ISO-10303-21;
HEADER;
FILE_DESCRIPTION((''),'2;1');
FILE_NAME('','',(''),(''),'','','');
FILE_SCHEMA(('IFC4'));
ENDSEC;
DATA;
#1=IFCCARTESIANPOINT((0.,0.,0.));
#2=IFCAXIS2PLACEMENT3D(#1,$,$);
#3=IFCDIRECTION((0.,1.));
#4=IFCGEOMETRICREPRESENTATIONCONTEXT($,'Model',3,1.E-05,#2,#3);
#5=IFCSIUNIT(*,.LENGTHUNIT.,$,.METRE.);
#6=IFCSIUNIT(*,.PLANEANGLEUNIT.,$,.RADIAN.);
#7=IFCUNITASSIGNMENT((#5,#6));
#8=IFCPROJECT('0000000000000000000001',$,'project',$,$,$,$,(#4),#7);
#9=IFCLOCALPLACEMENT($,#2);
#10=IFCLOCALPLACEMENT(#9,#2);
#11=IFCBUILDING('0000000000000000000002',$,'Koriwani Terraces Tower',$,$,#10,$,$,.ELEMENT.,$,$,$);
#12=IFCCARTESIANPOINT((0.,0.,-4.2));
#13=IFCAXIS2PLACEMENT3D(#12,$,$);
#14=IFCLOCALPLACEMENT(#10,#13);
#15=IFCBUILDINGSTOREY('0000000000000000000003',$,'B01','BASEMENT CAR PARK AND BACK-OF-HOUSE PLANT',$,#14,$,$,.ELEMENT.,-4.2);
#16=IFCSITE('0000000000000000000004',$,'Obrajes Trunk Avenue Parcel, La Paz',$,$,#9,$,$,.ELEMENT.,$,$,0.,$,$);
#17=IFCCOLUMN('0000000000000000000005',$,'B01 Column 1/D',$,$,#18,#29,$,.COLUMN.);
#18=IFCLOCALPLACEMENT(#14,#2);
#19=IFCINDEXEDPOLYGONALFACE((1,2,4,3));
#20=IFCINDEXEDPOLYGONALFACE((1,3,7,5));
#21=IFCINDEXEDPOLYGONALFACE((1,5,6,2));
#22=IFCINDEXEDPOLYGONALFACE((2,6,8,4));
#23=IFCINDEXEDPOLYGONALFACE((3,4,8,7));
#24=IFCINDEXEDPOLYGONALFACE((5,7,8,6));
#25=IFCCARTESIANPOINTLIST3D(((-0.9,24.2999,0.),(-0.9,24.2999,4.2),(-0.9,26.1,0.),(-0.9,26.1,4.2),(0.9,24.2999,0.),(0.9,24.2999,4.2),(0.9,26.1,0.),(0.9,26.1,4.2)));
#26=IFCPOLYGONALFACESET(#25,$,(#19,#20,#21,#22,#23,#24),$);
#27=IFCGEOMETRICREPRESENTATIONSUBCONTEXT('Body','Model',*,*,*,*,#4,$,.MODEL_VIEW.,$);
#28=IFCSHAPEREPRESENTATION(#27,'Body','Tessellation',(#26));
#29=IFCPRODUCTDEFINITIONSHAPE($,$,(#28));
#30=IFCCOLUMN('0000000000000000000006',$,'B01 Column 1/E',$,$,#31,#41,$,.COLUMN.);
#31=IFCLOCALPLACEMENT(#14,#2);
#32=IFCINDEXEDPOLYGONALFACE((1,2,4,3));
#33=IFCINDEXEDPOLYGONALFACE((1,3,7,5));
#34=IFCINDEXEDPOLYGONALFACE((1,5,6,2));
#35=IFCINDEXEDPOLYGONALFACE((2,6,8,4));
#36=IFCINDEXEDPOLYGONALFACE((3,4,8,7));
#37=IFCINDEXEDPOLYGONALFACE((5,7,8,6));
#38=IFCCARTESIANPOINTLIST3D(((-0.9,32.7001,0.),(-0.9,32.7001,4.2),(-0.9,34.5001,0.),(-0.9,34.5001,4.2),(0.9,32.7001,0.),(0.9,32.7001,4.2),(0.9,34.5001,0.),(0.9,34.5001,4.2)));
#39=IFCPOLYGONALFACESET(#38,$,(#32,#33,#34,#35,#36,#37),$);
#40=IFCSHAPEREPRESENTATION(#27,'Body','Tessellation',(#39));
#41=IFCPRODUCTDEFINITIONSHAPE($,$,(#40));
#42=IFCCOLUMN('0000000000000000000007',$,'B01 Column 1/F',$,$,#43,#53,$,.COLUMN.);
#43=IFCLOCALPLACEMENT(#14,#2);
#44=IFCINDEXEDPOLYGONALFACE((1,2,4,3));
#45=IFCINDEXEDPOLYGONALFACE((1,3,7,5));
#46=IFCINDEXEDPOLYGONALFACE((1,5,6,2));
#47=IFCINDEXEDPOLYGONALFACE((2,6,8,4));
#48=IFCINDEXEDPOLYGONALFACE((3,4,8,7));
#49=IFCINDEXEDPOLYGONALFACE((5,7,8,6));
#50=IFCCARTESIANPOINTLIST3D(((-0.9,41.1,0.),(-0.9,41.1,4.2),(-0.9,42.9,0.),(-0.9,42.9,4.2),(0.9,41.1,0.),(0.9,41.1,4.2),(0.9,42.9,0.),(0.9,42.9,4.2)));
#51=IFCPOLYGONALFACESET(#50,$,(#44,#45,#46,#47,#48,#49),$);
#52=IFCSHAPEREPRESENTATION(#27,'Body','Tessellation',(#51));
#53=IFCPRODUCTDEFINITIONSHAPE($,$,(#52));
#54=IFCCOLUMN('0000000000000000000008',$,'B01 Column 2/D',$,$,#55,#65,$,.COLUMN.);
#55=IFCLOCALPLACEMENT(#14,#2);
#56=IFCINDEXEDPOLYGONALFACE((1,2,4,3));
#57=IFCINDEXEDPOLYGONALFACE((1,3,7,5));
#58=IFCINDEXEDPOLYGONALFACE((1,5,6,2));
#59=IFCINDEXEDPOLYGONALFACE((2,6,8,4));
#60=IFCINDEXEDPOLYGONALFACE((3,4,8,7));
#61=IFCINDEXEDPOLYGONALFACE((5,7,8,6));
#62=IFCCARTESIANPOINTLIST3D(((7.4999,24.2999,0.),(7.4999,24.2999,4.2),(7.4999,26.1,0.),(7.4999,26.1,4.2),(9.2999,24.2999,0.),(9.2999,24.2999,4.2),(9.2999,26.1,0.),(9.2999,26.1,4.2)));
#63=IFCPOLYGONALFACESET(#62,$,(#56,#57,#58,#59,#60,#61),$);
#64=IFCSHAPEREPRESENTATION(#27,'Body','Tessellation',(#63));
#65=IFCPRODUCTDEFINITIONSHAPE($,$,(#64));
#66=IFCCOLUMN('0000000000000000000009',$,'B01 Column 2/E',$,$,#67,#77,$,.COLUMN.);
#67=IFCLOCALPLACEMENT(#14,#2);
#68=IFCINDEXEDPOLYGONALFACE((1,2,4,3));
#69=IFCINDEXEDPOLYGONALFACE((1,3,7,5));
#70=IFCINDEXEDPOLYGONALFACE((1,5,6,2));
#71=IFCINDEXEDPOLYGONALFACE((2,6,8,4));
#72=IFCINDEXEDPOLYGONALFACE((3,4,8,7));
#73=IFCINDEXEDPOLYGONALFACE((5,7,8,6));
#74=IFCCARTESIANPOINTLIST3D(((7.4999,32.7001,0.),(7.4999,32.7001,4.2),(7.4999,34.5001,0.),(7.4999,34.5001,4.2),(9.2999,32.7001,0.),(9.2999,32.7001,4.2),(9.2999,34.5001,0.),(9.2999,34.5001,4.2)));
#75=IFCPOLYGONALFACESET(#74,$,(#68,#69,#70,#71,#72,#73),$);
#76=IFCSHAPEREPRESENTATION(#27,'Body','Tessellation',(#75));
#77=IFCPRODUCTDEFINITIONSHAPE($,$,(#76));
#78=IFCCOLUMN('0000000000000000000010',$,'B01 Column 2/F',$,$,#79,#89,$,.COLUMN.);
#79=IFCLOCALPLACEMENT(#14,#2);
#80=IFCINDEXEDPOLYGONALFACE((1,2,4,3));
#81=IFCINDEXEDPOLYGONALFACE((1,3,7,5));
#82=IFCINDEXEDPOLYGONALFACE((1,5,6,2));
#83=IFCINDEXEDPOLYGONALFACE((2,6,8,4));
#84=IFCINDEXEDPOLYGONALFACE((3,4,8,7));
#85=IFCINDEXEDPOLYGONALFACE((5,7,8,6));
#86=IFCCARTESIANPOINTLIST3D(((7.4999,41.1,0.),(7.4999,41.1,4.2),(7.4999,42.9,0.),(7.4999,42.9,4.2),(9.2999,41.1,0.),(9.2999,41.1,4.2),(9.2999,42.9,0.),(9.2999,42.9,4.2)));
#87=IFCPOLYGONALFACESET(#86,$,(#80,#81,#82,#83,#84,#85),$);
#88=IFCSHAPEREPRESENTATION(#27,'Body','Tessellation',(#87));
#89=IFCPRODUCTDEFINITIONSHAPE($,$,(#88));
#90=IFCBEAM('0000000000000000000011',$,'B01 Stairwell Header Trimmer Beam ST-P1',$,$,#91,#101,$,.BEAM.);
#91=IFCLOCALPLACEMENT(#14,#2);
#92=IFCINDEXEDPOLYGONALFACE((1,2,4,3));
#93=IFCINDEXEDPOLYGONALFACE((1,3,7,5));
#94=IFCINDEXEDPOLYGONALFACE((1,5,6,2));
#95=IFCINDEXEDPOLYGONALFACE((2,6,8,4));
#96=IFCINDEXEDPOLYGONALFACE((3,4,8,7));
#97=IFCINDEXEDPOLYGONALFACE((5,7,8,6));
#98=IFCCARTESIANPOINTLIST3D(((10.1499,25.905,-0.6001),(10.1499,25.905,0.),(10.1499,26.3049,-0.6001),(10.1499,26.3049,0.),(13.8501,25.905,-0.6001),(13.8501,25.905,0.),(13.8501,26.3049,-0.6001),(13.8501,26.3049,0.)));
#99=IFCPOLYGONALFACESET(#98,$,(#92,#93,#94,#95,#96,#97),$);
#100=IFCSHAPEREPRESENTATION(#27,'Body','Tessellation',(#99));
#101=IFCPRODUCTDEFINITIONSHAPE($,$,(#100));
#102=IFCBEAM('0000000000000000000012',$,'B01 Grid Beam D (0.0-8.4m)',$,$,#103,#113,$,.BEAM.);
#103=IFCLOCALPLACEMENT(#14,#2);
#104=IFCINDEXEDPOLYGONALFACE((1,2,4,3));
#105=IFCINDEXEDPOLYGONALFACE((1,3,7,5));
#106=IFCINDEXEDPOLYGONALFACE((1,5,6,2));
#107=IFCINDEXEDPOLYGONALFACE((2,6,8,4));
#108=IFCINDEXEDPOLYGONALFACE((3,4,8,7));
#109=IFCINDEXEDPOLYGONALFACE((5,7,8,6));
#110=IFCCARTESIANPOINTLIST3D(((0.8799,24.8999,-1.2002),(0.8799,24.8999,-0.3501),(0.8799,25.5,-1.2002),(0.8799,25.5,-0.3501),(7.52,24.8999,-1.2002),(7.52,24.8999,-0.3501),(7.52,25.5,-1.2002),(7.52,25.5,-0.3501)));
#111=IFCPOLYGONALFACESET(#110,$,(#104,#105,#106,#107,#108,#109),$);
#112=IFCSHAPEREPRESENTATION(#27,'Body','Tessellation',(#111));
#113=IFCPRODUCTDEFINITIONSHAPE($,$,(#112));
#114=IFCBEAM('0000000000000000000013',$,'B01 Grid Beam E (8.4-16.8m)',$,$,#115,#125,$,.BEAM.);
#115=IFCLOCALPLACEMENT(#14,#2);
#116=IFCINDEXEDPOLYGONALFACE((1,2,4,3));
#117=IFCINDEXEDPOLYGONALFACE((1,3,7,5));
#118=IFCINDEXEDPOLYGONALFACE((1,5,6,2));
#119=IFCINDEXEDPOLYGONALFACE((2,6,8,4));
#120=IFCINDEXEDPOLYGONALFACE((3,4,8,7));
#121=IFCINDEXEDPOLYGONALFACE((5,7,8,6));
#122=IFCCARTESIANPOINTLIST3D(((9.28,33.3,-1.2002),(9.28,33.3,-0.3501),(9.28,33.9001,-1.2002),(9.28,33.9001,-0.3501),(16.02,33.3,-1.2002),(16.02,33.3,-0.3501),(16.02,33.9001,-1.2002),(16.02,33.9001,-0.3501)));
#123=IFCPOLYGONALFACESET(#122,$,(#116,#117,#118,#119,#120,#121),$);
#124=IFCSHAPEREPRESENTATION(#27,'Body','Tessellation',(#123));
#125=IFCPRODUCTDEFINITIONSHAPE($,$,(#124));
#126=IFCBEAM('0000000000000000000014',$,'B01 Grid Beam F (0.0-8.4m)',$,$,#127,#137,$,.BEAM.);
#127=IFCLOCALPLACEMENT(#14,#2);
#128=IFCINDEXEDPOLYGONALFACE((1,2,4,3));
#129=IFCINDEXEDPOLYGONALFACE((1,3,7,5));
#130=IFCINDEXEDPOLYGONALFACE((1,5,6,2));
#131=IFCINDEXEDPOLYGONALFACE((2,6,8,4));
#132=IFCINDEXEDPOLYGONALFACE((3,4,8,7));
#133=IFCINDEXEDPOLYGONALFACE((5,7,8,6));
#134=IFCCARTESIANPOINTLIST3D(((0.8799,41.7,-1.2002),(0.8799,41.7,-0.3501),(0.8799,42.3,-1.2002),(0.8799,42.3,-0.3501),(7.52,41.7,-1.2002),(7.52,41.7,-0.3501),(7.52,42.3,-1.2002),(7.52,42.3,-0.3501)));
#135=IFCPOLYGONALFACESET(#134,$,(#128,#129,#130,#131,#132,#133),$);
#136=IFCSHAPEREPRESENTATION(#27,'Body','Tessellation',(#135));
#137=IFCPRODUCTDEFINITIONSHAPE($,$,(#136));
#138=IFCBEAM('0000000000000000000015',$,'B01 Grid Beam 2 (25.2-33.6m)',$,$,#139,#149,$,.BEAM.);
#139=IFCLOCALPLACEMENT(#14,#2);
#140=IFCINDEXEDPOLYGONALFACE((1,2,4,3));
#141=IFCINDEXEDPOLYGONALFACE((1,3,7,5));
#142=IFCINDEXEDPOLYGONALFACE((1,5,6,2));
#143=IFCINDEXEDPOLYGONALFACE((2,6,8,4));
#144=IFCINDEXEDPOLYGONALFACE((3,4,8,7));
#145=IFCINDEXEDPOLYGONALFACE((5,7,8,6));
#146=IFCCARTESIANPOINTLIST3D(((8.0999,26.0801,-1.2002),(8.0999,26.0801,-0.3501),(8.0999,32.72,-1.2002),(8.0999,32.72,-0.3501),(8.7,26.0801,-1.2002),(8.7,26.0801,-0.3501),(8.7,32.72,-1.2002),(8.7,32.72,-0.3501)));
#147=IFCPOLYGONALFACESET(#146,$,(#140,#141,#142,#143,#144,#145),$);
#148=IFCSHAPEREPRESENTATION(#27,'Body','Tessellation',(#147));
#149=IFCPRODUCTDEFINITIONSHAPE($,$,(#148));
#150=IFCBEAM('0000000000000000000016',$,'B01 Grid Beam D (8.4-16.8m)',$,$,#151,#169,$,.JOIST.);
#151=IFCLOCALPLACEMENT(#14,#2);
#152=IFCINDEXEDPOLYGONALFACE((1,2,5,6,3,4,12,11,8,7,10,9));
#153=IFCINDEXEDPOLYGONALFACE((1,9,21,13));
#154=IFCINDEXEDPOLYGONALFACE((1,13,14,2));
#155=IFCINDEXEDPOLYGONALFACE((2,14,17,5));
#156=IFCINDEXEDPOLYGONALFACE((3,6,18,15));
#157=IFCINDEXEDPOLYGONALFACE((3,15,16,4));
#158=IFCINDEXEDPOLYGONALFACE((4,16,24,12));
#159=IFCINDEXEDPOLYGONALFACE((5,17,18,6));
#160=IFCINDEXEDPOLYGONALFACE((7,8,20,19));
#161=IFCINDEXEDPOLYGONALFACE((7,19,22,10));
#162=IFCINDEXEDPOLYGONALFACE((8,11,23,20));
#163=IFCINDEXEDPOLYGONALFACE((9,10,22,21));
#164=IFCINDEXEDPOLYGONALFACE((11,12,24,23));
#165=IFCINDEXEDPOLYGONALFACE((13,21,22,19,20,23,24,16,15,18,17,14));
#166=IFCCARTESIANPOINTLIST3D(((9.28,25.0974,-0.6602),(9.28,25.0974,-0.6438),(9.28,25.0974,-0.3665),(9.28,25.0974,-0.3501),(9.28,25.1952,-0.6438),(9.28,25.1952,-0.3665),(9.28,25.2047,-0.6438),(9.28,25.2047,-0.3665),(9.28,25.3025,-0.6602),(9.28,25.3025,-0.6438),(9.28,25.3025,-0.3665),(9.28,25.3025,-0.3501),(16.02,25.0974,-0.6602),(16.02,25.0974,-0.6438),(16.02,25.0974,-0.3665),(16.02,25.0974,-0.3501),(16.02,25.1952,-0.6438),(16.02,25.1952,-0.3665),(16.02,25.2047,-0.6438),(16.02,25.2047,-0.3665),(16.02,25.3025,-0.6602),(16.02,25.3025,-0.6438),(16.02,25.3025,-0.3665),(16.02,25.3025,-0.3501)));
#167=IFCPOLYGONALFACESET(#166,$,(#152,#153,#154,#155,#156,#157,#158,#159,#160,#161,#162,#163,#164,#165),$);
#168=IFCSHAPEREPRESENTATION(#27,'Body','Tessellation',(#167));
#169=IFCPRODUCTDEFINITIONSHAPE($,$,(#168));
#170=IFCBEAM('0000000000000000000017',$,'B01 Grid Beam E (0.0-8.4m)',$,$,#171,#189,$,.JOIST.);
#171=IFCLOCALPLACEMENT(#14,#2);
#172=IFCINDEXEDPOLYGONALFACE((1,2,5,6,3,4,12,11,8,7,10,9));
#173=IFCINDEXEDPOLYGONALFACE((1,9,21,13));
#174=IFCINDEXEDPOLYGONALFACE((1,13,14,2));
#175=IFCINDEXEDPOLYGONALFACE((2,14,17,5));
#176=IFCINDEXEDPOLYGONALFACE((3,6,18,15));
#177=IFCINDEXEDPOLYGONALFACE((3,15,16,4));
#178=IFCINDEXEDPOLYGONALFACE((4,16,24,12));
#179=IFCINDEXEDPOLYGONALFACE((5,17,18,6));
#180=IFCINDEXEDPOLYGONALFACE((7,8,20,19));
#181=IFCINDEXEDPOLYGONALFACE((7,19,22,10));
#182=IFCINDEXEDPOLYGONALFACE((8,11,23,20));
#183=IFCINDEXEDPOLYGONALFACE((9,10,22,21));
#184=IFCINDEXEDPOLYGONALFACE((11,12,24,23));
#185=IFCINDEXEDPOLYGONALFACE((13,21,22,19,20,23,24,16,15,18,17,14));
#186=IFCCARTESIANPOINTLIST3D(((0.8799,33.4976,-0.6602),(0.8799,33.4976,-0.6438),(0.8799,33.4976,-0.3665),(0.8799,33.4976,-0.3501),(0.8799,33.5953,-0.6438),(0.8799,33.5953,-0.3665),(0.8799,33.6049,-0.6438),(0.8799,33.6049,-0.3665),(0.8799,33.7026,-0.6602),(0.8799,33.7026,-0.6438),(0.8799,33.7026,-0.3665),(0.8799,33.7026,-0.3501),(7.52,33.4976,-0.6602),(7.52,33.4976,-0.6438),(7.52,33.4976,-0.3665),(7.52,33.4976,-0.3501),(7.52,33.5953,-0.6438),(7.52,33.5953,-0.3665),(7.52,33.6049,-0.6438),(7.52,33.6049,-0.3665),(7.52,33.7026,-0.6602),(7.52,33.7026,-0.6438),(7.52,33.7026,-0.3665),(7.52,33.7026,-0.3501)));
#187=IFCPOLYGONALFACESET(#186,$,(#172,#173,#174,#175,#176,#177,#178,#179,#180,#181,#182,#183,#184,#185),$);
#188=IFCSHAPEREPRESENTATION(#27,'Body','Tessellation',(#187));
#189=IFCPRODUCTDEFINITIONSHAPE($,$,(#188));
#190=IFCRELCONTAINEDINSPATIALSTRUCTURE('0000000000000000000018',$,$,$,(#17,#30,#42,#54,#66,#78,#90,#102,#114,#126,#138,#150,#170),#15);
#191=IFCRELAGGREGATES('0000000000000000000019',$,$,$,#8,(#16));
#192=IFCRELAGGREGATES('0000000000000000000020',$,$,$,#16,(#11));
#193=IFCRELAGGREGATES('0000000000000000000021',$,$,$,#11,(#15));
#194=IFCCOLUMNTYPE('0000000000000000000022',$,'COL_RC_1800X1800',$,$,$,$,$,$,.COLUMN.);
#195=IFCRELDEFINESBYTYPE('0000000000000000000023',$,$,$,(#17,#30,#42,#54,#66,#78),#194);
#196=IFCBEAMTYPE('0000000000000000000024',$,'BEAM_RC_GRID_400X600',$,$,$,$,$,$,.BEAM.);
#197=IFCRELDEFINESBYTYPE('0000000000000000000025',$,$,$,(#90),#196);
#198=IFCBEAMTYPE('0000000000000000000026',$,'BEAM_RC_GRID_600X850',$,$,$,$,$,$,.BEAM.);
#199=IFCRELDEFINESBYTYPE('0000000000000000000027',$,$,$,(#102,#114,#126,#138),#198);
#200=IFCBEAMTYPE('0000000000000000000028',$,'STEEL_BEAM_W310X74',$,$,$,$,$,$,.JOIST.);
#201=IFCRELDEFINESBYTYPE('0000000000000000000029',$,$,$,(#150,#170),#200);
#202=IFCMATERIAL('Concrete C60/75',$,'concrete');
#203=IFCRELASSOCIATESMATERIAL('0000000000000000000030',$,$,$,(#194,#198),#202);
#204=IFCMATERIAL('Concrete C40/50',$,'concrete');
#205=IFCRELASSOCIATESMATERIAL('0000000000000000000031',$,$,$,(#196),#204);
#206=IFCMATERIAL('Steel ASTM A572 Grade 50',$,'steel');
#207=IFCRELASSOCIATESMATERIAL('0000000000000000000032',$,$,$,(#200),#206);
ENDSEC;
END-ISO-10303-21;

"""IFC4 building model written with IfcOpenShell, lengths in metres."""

from ifc_helpers import new_model, si_unit, direction, frame, origin, origin_2d, place, context, subcontext, project, spatial, rectangle, i_section, extrude, material, material_profile, profile_set, type_object, element, save


model = new_model("IFC4")

# Units and contexts
model_context = context("Model", 3, precision=1e-05, world=origin(), true_north=direction((0.0, 1.0)))
body_context = subcontext(model_context, "Body", "Model", "MODEL_VIEW")
ifc_project = project(units=[si_unit("LENGTHUNIT", "METRE"), si_unit("PLANEANGLEUNIT", "RADIAN")], contexts=[model_context])

# Site, building, storey
site_placement = place(None, origin())
site = spatial("IfcSite", under=ifc_project, at=site_placement, Name="Obrajes Trunk Avenue Parcel, La Paz", CompositionType="ELEMENT", RefElevation=0.0)
building_placement = place(site_placement, origin())
building = spatial("IfcBuilding", under=site, at=building_placement, Name="Koriwani Terraces Tower", CompositionType="ELEMENT")
storey_placement = place(building_placement, frame((0.0, 0.0, -4.2)))
storey = spatial("IfcBuildingStorey", under=building, at=storey_placement, Name="B01", Description="BASEMENT CAR PARK AND BACK-OF-HOUSE PLANT", CompositionType="ELEMENT", Elevation=-4.2)

# Columns
ifc_material_1 = material(Name="Concrete C60/75", Category="concrete")
ifc_material_profile_1 = material_profile(ifc_material_1, rectangle(XDim=1.8, YDim=1.8, at=origin_2d()), Name="Concrete C60/75", Category="LoadBearing")
ifc_profile_set_1 = profile_set([ifc_material_profile_1], Name="Concrete C60/75")
column_type = type_object("IfcColumnType", Name="COL_RC_1800X1800", PredefinedType="COLUMN", material=ifc_profile_set_1)
for number, where, z_axis, x_axis, name in (
    (1, (0.0, 25.2, 0.0), (0.0, 0.0, 1.0), (1.0, 0.0, 0.0), "B01 Column 1/D"),
    (2, (0.0, 33.6001, 0.0), (0.0, 0.0, 1.0), (1.0, 0.0, 0.0), "B01 Column 1/E"),
    (3, (0.0, 42.0, 0.0), (0.0, 0.0, 1.0), (1.0, 0.0, 0.0), "B01 Column 1/F"),
    (4, (8.3999, 25.2, 0.0), (0.0, 0.0, 1.0), (1.0, 0.0, 0.0), "B01 Column 2/D"),
    (5, (8.3999, 33.6001, 0.0), (0.0, 0.0, 1.0), (1.0, 0.0, 0.0), "B01 Column 2/E"),
    (6, (8.3999, 42.0, 0.0), (0.0, 0.0, 1.0), (1.0, 0.0, 0.0), "B01 Column 2/F"),
):
    element("IfcColumn", number, at=place(storey_placement, frame(where, z_axis=z_axis, x_axis=x_axis)), inside=storey, type_object=column_type, Name=name, PredefinedType="COLUMN", context=body_context, shape_type="SweptSolid", body=[
        extrude(rectangle(XDim=1.8, YDim=1.8, at=origin_2d()), origin(), (0.0, 0.0, 1.0), 4.2),
    ])

# Beams
ifc_material_2 = material(Name="Concrete C40/50", Category="concrete")
ifc_material_profile_2 = material_profile(ifc_material_2, rectangle(XDim=0.3999, YDim=0.6001, at=origin_2d()), Name="Concrete C40/50", Category="LoadBearing")
ifc_profile_set_2 = profile_set([ifc_material_profile_2], Name="Concrete C40/50")
beam_type_1 = type_object("IfcBeamType", Name="BEAM_RC_GRID_400X600", PredefinedType="BEAM", material=ifc_profile_set_2)
beam_1_placement = place(storey_placement, frame((10.1499, 26.105, -0.3), z_axis=(1.0, 0.0, 0.0), x_axis=(0.0, 1.0, 0.0)))
element("IfcBeam", 7, at=beam_1_placement, inside=storey, type_object=beam_type_1, Name="B01 Stairwell Header Trimmer Beam ST-P1", PredefinedType="BEAM", context=body_context, shape_type="SweptSolid", body=[
    extrude(rectangle(XDim=0.3999, YDim=0.6001, at=origin_2d()), origin(), (0.0, 0.0, 1.0), 3.7002),
])
ifc_material_profile_3 = material_profile(ifc_material_1, rectangle(XDim=0.6001, YDim=0.8501, at=origin_2d()), Name="Concrete C60/75", Category="LoadBearing")
ifc_profile_set_3 = profile_set([ifc_material_profile_3], Name="Concrete C60/75")
beam_type_2 = type_object("IfcBeamType", Name="BEAM_RC_GRID_600X850", PredefinedType="BEAM", material=ifc_profile_set_3)
beam_2_placement = place(storey_placement, frame((0.8799, 25.2, -0.7751), z_axis=(1.0, 0.0, 0.0), x_axis=(0.0, 1.0, 0.0)))
element("IfcBeam", 8, at=beam_2_placement, inside=storey, type_object=beam_type_2, Name="B01 Grid Beam D (0.0-8.4m)", PredefinedType="BEAM", context=body_context, shape_type="SweptSolid", body=[
    extrude(rectangle(XDim=0.6001, YDim=0.8501, at=origin_2d()), origin(), (0.0, 0.0, 1.0), 6.6401),
])
beam_3_placement = place(storey_placement, frame((9.28, 33.6001, -0.7751), z_axis=(1.0, 0.0, 0.0), x_axis=(0.0, 1.0, 0.0)))
element("IfcBeam", 9, at=beam_3_placement, inside=storey, type_object=beam_type_2, Name="B01 Grid Beam E (8.4-16.8m)", PredefinedType="BEAM", context=body_context, shape_type="SweptSolid", body=[
    extrude(rectangle(XDim=0.6001, YDim=0.8501, at=origin_2d()), origin(), (0.0, 0.0, 1.0), 6.74),
])
beam_4_placement = place(storey_placement, frame((0.8799, 42.0, -0.7751), z_axis=(1.0, 0.0, 0.0), x_axis=(0.0, 1.0, 0.0)))
element("IfcBeam", 10, at=beam_4_placement, inside=storey, type_object=beam_type_2, Name="B01 Grid Beam F (0.0-8.4m)", PredefinedType="BEAM", context=body_context, shape_type="SweptSolid", body=[
    extrude(rectangle(XDim=0.6001, YDim=0.8501, at=origin_2d()), origin(), (0.0, 0.0, 1.0), 6.6401),
])
beam_5_placement = place(storey_placement, frame((8.3999, 26.0801, -0.7751), z_axis=(0.0, 1.0, 0.0), x_axis=(-1.0, 0.0, 0.0)))
element("IfcBeam", 11, at=beam_5_placement, inside=storey, type_object=beam_type_2, Name="B01 Grid Beam 2 (25.2-33.6m)", PredefinedType="BEAM", context=body_context, shape_type="SweptSolid", body=[
    extrude(rectangle(XDim=0.6001, YDim=0.8501, at=origin_2d()), origin(), (0.0, 0.0, 1.0), 6.6399),
])
ifc_material_3 = material(Name="Steel ASTM A572 Grade 50", Category="steel")
ifc_material_profile_4 = material_profile(ifc_material_3, i_section(OverallWidth=0.2051, OverallDepth=0.3101, WebThickness=0.0095, FlangeThickness=0.0164, at=origin_2d()), Name="Steel ASTM A572 Grade 50", Category="LoadBearing")
ifc_profile_set_4 = profile_set([ifc_material_profile_4], Name="Steel ASTM A572 Grade 50")
beam_type_3 = type_object("IfcBeamType", Name="STEEL_BEAM_W310X74", PredefinedType="JOIST", material=ifc_profile_set_4)
beam_6_placement = place(storey_placement, frame((9.28, 25.2, -0.5051), z_axis=(1.0, 0.0, 0.0), x_axis=(0.0, 1.0, 0.0)))
element("IfcBeam", 12, at=beam_6_placement, inside=storey, type_object=beam_type_3, Name="B01 Grid Beam D (8.4-16.8m)", PredefinedType="JOIST", context=body_context, shape_type="SweptSolid", body=[
    extrude(i_section(OverallWidth=0.2051, OverallDepth=0.3101, WebThickness=0.0095, FlangeThickness=0.0164, at=origin_2d()), origin(), (0.0, 0.0, 1.0), 6.74),
])
beam_7_placement = place(storey_placement, frame((0.8799, 33.6001, -0.5051), z_axis=(1.0, 0.0, 0.0), x_axis=(0.0, 1.0, 0.0)))
element("IfcBeam", 13, at=beam_7_placement, inside=storey, type_object=beam_type_3, Name="B01 Grid Beam E (0.0-8.4m)", PredefinedType="JOIST", context=body_context, shape_type="SweptSolid", body=[
    extrude(i_section(OverallWidth=0.2051, OverallDepth=0.3101, WebThickness=0.0095, FlangeThickness=0.0164, at=origin_2d()), origin(), (0.0, 0.0, 1.0), 6.6401),
])

save(model, "model.ifc")
